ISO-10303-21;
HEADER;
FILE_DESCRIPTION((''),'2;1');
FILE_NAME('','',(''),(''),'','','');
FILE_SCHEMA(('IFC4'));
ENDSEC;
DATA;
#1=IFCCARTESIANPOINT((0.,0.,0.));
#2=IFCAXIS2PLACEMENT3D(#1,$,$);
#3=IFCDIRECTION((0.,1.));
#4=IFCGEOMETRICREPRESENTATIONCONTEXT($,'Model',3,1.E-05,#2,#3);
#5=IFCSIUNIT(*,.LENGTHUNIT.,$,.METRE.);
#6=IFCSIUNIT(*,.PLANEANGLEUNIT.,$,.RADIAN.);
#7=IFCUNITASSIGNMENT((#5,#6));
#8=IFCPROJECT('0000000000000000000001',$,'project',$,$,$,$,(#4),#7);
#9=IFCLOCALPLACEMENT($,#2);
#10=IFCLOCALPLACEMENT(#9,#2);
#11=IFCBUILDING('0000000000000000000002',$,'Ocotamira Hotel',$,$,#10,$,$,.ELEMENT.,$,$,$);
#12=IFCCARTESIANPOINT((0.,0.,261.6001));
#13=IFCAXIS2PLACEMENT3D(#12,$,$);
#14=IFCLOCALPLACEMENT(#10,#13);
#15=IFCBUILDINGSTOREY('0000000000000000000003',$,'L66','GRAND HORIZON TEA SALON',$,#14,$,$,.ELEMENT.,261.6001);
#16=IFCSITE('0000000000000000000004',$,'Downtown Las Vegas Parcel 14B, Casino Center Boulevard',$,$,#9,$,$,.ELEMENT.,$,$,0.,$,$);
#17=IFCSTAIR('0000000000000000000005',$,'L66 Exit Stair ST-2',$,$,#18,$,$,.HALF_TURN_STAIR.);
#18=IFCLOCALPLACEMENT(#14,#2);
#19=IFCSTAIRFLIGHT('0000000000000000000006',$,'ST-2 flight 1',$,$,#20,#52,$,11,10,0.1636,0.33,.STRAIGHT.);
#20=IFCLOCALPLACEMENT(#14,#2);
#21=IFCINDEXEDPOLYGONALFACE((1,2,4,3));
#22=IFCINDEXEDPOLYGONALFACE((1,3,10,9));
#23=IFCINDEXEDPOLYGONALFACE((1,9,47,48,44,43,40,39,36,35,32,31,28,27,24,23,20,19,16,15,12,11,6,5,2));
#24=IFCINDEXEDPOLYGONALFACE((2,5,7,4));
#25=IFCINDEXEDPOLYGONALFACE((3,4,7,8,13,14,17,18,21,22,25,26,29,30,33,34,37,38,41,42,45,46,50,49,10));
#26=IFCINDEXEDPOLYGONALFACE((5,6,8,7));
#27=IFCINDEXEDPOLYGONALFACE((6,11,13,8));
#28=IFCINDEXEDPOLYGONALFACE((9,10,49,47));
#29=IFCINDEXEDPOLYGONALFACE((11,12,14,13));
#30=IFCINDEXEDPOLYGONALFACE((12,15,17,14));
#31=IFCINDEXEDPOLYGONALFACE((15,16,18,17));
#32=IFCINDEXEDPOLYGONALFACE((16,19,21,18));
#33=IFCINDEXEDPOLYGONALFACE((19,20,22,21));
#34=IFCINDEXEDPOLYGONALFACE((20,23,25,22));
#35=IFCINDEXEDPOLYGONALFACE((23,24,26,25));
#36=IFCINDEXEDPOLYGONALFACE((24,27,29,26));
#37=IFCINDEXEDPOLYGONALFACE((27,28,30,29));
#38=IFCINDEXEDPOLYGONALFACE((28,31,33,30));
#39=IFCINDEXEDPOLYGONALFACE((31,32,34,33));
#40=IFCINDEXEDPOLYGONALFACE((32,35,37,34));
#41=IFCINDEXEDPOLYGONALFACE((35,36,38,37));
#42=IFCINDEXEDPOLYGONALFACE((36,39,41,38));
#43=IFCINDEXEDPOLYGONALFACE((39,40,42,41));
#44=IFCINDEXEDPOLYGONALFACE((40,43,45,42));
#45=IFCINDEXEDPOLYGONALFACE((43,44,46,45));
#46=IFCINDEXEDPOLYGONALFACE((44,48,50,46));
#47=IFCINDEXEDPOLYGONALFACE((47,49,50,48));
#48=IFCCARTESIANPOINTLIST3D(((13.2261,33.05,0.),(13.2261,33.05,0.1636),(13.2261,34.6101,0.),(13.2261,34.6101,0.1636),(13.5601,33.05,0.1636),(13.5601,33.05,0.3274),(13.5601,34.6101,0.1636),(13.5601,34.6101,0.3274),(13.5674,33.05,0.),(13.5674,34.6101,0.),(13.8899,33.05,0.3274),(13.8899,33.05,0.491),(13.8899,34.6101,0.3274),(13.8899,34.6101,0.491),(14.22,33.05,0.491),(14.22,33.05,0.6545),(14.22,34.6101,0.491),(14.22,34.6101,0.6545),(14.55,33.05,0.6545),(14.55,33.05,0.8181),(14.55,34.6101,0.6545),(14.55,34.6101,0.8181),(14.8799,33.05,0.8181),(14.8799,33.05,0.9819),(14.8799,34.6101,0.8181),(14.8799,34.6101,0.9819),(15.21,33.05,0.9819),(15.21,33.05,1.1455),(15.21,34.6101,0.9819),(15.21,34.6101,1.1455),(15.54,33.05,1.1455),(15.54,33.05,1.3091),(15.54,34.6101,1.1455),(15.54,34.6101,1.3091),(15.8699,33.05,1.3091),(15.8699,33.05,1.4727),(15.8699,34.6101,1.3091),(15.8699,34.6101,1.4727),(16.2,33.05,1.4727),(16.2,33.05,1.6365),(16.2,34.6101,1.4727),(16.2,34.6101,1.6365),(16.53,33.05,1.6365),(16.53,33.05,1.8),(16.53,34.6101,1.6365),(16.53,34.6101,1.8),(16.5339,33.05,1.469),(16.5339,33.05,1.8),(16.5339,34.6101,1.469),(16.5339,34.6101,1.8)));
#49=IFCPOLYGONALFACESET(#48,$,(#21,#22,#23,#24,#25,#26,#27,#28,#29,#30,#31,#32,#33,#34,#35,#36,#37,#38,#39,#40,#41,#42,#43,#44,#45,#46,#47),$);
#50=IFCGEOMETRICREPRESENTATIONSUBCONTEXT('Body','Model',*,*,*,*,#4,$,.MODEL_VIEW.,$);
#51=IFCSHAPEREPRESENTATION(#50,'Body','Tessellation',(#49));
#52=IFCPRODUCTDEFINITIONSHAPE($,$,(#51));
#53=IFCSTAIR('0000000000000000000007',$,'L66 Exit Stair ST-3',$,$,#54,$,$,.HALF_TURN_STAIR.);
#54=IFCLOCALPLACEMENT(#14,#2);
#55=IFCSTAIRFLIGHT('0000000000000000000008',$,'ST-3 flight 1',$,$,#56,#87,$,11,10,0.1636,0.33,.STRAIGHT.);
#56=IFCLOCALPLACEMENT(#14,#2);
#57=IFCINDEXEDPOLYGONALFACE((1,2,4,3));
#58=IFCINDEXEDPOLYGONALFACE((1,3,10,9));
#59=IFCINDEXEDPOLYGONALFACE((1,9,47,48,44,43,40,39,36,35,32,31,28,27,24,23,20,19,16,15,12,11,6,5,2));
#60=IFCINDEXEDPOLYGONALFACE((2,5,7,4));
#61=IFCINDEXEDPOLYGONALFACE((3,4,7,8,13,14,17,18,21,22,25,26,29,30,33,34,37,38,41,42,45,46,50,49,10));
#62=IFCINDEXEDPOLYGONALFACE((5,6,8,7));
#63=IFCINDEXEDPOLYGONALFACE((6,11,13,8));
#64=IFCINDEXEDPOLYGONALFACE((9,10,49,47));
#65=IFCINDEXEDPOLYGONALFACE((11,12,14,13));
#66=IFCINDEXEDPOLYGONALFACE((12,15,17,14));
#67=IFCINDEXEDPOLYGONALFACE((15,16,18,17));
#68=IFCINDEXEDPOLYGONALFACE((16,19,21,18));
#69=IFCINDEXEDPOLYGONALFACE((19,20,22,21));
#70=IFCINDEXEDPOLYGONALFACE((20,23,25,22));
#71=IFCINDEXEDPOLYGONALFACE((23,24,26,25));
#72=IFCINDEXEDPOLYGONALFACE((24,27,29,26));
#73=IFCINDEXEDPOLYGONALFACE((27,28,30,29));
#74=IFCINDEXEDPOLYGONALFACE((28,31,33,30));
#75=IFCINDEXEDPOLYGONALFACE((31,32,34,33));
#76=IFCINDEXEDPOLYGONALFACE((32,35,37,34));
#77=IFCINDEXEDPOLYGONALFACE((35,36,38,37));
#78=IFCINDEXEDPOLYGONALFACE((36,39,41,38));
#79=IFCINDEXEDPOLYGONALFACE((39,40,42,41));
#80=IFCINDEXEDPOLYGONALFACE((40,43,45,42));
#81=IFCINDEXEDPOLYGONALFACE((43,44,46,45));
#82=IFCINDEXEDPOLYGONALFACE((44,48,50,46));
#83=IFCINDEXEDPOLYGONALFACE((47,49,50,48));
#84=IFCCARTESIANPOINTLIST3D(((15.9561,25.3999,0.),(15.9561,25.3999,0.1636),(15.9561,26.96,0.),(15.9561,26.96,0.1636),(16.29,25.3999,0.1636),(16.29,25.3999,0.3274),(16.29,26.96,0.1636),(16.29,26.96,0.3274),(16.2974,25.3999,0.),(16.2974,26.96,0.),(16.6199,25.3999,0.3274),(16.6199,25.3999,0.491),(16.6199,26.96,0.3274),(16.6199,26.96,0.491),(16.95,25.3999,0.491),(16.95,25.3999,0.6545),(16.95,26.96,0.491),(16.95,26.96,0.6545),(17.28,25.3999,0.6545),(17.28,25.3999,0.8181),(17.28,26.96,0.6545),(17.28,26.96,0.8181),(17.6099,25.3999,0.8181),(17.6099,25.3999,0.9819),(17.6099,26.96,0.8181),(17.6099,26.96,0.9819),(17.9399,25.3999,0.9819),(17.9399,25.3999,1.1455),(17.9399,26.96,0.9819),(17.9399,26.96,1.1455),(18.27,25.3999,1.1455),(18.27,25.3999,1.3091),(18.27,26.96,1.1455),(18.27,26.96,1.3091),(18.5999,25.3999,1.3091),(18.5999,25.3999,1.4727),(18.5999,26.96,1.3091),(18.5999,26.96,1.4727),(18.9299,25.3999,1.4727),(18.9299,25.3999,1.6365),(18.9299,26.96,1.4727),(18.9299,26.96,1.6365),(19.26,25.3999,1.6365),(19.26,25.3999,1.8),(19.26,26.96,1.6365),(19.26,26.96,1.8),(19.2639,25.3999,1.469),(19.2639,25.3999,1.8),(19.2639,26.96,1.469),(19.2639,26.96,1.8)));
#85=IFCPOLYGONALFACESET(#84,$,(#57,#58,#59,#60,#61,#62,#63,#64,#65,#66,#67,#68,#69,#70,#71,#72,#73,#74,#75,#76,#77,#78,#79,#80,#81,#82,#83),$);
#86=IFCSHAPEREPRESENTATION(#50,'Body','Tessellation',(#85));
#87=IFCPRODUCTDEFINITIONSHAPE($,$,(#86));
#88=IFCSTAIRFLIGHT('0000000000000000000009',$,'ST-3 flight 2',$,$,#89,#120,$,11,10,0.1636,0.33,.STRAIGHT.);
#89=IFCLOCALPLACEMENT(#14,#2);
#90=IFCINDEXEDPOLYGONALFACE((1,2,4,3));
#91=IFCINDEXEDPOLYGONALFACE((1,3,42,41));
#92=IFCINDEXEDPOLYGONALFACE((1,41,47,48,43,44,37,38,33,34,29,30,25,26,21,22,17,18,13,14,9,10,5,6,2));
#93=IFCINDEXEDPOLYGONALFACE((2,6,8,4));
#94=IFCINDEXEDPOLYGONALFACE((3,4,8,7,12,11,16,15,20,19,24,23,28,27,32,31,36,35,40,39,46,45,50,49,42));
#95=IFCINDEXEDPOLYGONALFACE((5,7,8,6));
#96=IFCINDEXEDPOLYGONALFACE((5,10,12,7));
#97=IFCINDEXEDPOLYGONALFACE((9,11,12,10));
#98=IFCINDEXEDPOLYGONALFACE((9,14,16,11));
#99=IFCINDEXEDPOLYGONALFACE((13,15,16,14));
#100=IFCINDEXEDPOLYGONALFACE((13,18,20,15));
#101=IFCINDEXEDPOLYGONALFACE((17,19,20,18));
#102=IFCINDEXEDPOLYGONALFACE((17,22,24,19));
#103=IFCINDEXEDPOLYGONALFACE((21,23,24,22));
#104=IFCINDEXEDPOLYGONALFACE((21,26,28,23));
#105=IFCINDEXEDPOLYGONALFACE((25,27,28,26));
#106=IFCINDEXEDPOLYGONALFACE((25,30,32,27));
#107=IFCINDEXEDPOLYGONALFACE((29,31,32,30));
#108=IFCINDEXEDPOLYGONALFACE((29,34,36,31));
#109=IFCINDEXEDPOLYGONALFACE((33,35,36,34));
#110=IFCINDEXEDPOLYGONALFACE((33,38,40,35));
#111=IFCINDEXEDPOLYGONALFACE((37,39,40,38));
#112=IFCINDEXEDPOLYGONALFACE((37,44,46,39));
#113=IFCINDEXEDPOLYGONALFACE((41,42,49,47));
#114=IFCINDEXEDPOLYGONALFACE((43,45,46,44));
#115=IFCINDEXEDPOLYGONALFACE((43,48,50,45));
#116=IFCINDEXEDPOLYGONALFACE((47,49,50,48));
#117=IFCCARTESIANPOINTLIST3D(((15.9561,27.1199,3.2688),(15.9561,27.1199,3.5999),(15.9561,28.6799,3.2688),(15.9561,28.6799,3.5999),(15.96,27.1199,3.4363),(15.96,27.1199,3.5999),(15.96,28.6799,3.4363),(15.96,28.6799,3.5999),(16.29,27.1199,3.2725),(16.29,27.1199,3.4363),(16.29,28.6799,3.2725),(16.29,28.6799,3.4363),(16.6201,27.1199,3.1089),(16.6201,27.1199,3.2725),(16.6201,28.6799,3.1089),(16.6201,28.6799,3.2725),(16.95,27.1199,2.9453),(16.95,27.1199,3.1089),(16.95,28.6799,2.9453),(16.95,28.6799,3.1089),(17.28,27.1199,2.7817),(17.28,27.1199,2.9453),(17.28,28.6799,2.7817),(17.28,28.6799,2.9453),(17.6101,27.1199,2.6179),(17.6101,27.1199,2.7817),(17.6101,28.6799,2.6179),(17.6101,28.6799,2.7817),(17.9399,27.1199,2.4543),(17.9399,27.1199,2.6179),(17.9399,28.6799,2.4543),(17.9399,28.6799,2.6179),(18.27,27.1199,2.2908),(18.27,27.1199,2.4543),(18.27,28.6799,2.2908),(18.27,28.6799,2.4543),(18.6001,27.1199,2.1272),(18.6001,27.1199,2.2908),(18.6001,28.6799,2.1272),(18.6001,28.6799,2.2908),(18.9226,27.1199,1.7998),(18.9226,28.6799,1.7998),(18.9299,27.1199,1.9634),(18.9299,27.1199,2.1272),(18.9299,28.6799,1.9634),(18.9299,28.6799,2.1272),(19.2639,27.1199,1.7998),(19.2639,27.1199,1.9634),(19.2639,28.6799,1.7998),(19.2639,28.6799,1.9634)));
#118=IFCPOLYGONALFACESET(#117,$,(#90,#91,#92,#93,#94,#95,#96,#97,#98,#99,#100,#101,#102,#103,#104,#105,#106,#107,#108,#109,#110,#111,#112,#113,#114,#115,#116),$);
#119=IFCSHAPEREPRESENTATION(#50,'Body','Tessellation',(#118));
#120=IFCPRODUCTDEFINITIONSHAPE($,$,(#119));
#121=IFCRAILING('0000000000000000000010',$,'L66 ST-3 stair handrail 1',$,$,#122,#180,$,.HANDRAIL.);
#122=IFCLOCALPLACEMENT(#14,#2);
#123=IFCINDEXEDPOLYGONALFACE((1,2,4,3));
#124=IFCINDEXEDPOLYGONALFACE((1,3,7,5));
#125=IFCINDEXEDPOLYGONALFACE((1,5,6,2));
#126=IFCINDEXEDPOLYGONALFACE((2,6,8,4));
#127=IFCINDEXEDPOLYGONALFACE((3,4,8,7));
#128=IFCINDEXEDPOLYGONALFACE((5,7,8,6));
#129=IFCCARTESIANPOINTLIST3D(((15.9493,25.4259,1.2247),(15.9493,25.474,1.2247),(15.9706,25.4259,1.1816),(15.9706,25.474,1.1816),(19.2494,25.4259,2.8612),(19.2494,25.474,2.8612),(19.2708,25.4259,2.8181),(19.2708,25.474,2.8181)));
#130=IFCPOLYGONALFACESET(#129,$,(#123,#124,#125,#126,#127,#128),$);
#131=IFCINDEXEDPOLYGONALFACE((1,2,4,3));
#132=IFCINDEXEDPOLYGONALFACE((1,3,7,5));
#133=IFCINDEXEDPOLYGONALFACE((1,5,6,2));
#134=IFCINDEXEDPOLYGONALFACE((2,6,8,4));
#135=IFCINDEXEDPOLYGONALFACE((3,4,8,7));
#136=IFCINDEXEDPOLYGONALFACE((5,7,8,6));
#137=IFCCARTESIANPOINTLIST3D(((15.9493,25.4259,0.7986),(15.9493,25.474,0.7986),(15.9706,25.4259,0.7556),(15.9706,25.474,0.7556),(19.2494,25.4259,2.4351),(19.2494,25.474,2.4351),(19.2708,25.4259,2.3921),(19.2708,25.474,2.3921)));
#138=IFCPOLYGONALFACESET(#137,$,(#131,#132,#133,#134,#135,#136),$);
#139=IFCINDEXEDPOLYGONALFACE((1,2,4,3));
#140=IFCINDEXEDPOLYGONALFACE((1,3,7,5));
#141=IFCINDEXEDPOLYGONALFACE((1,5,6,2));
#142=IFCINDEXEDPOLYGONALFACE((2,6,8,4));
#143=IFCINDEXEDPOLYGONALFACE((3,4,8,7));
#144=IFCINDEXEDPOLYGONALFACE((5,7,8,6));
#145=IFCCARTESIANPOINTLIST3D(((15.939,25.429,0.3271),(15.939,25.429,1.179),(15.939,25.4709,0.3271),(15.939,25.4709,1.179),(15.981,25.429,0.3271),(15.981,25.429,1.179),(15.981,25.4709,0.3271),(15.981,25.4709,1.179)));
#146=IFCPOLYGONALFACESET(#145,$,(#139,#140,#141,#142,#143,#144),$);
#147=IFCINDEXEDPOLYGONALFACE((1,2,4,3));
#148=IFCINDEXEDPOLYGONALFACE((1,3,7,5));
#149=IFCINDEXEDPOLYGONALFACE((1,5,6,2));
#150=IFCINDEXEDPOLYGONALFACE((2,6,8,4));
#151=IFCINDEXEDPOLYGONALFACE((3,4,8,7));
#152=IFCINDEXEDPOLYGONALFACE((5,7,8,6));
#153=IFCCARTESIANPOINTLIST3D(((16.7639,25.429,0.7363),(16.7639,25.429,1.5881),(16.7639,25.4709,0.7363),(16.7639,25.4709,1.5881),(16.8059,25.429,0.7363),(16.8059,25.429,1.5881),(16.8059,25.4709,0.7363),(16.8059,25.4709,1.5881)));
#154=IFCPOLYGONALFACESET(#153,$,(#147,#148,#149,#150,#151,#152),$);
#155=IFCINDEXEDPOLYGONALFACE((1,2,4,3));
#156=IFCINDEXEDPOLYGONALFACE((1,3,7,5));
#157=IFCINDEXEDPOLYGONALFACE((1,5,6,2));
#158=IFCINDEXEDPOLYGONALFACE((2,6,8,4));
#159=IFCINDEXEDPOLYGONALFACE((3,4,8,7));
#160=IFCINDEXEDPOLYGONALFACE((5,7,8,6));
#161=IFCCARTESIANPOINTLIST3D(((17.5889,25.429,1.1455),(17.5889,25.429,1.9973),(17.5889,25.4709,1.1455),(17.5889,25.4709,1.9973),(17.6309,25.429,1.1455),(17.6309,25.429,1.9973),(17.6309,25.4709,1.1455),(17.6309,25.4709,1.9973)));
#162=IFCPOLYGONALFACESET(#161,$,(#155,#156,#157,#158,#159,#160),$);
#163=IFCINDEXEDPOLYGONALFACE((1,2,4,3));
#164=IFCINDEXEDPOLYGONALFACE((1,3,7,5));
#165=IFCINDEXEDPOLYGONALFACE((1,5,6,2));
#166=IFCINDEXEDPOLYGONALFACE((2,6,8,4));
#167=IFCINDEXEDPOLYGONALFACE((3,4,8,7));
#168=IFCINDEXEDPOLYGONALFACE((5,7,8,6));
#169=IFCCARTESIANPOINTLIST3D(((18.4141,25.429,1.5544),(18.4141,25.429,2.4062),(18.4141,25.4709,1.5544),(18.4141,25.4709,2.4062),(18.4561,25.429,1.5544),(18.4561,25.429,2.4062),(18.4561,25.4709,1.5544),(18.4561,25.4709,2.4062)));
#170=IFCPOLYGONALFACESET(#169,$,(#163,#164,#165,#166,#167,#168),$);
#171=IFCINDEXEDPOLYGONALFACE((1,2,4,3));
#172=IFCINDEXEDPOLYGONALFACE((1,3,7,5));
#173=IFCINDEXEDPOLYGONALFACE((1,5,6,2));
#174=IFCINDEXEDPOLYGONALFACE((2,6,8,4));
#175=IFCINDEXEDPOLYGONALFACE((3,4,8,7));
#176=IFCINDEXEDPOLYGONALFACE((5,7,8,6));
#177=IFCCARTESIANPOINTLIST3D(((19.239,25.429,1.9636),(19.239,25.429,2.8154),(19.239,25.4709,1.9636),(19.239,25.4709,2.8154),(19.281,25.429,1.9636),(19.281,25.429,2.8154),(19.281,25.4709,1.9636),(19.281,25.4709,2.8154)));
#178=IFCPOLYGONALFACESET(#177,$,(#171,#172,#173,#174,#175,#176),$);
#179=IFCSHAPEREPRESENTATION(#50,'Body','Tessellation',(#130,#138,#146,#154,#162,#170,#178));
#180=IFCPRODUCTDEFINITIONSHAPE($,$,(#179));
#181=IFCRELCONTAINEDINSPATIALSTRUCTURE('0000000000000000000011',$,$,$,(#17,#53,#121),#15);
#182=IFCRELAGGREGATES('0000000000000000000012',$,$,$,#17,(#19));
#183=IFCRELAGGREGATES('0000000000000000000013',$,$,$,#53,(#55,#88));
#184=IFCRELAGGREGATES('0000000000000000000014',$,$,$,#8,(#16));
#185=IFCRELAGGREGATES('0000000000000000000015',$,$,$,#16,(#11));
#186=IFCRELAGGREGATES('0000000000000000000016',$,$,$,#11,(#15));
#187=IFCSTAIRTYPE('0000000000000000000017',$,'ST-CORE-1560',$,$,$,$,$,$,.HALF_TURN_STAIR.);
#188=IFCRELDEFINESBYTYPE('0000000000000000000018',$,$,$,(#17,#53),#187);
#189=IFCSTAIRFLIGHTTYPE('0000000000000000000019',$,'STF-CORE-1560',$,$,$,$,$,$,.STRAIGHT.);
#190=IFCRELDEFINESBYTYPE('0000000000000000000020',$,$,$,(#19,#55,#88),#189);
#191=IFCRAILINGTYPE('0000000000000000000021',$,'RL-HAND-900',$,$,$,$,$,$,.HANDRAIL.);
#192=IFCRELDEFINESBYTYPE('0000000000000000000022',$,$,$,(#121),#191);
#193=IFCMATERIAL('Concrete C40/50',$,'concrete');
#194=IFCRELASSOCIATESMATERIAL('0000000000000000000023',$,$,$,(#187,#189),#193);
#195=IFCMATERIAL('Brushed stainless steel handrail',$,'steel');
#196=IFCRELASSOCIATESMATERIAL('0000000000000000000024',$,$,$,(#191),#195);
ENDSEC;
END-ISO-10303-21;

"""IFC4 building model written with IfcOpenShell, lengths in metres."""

from ifc_helpers import new_model, si_unit, direction, frame, origin, origin_2d, place, context, subcontext, project, spatial, polyline, rectangle, outline, extrude, source, transform, mapped, material, type_object, element, aggregate, save


model = new_model("IFC4")

# Units and contexts
model_context = context("Model", 3, precision=1e-05, world=origin(), true_north=direction((0.0, 1.0)))
body_context = subcontext(model_context, "Body", "Model", "MODEL_VIEW")
ifc_project = project(units=[si_unit("LENGTHUNIT", "METRE"), si_unit("PLANEANGLEUNIT", "RADIAN")], contexts=[model_context])

# Site, building, storey
site_placement = place(None, origin())
site = spatial("IfcSite", under=ifc_project, at=site_placement, Name="Downtown Las Vegas Parcel 14B, Casino Center Boulevard", CompositionType="ELEMENT", RefElevation=0.0)
building_placement = place(site_placement, origin())
building = spatial("IfcBuilding", under=site, at=building_placement, Name="Ocotamira Hotel", CompositionType="ELEMENT")
storey_placement = place(building_placement, frame((0.0, 0.0, 261.6001)))
storey = spatial("IfcBuildingStorey", under=building, at=storey_placement, Name="L66", Description="GRAND HORIZON TEA SALON", CompositionType="ELEMENT", Elevation=261.6001)

# Stair, stair flight
ifc_material_1 = material(Name="Concrete C40/50", Category="concrete")
stair_type = type_object("IfcStairType", Name="ST-CORE-1560", PredefinedType="HALF_TURN_STAIR", material=ifc_material_1)
stair_1_placement = place(storey_placement, origin())
stair_1 = element("IfcStair", 1, at=stair_1_placement, inside=storey, type_object=stair_type, Name="L66 Exit Stair ST-2", PredefinedType="HALF_TURN_STAIR")
stair_flight_type = type_object("IfcStairFlightType", Name="STF-CORE-1560", PredefinedType="STRAIGHT", material=ifc_material_1)
shared_shape_1 = source(origin(), body_context, "Body", "SweptSolid", [
    extrude(outline(polyline([(-0.0039, 0.0), (-0.0039, 0.1636), (0.3301, 0.1636), (0.3301, 0.3274), (0.6599, 0.3274), (0.6599, 0.491), (0.99, 0.491), (0.99, 0.6545), (1.3201, 0.6545), (1.3201, 0.8181), (1.6499, 0.8181), (1.6499, 0.9819), (1.98, 0.9819), (1.98, 1.1455), (2.3101, 1.1455), (2.3101, 1.3091), (2.6399, 1.3091), (2.6399, 1.4727), (2.97, 1.4727), (2.97, 1.6365), (3.3, 1.6365), (3.3, 1.8), (3.304, 1.8), (3.304, 1.469), (0.3374, 0.0), (-0.0039, 0.0)])), frame((0.0, 0.78, 0.0), z_axis=(0.0, -1.0, 0.0), x_axis=(1.0, 0.0, 0.0)), (0.0, 0.0, 1.0), 1.5601),
])
stair_flight_1_placement = place(storey_placement, frame((13.23, 33.8301, 0.0), z_axis=(0.0, 0.0, 1.0), x_axis=(1.0, 0.0, 0.0)))
stair_flight_1 = element("IfcStairFlight", 2, at=stair_flight_1_placement, type_object=stair_flight_type, Name="ST-2 flight 1", NumberOfRisers=11, NumberOfTreads=10, PredefinedType="STRAIGHT", RiserHeight=0.1636, TreadLength=0.33, context=body_context, shape_type="MappedRepresentation", body=[
    mapped(shared_shape_1, transform((0.0, 0.0, 0.0), scale=1.0)),
])
aggregate(stair_1, [stair_flight_1])

# Stair, stair flights
stair_2_placement = place(storey_placement, origin())
stair_2 = element("IfcStair", 3, at=stair_2_placement, inside=storey, type_object=stair_type, Name="L66 Exit Stair ST-3", PredefinedType="HALF_TURN_STAIR")
stair_flight_2_placement = place(storey_placement, frame((15.96, 26.1799, 0.0), z_axis=(0.0, 0.0, 1.0), x_axis=(1.0, 0.0, 0.0)))
stair_flight_2 = element("IfcStairFlight", 4, at=stair_flight_2_placement, type_object=stair_flight_type, Name="ST-3 flight 1", NumberOfRisers=11, NumberOfTreads=10, PredefinedType="STRAIGHT", RiserHeight=0.1636, TreadLength=0.33, context=body_context, shape_type="MappedRepresentation", body=[
    mapped(shared_shape_1, transform((0.0, 0.0, 0.0), scale=1.0)),
])
stair_flight_3_placement = place(storey_placement, frame((19.26, 27.8999, 1.7998), z_axis=(0.0, 0.0, 1.0), x_axis=(-1.0, 0.0, 0.0)))
stair_flight_3 = element("IfcStairFlight", 5, at=stair_flight_3_placement, type_object=stair_flight_type, Name="ST-3 flight 2", NumberOfRisers=11, NumberOfTreads=10, PredefinedType="STRAIGHT", RiserHeight=0.1636, TreadLength=0.33, context=body_context, shape_type="MappedRepresentation", body=[
    mapped(shared_shape_1, transform((0.0, 0.0, 0.0), scale=1.0)),
])
aggregate(stair_2, [stair_flight_2, stair_flight_3])

# Railing
ifc_material_2 = material(Name="Brushed stainless steel handrail", Category="steel")
railing_type_1 = type_object("IfcRailingType", Name="RL-HAND-900", PredefinedType="HANDRAIL", material=ifc_material_2)
railing_1_placement = place(storey_placement, frame((15.96, 25.45, 0.3271)))
element("IfcRailing", 6, at=railing_1_placement, inside=storey, type_object=railing_type_1, Name="L66 ST-3 stair handrail 1", PredefinedType="HANDRAIL", context=body_context, shape_type="SweptSolid", body=[
    extrude(rectangle(XDim=0.0481, YDim=0.0481, at=origin_2d()), frame((0.0, 0.0, 0.876), z_axis=(0.895894, 0.0, 0.444268), x_axis=(0.0, 1.0, 0.0)), (0.0, 0.0, 1.0), 3.6836),
    extrude(rectangle(XDim=0.0481, YDim=0.0481, at=origin_2d()), frame((0.0, 0.0, 0.45), z_axis=(0.895894, 0.0, 0.444268), x_axis=(0.0, 1.0, 0.0)), (0.0, 0.0, 1.0), 3.6836),
    extrude(rectangle(XDim=0.042, YDim=0.042, at=origin_2d()), origin(), (0.0, 0.0, 1.0), 0.8518),
    extrude(rectangle(XDim=0.042, YDim=0.042, at=origin_2d()), frame((0.825, 0.0, 0.4092)), (0.0, 0.0, 1.0), 0.8518),
    extrude(rectangle(XDim=0.042, YDim=0.042, at=origin_2d()), frame((1.6499, 0.0, 0.8184)), (0.0, 0.0, 1.0), 0.8518),
    extrude(rectangle(XDim=0.042, YDim=0.042, at=origin_2d()), frame((2.4751, 0.0, 1.2273)), (0.0, 0.0, 1.0), 0.8518),
    extrude(rectangle(XDim=0.042, YDim=0.042, at=origin_2d()), frame((3.3, 0.0, 1.6365)), (0.0, 0.0, 1.0), 0.8518),
])

save(model, "model.ifc")
